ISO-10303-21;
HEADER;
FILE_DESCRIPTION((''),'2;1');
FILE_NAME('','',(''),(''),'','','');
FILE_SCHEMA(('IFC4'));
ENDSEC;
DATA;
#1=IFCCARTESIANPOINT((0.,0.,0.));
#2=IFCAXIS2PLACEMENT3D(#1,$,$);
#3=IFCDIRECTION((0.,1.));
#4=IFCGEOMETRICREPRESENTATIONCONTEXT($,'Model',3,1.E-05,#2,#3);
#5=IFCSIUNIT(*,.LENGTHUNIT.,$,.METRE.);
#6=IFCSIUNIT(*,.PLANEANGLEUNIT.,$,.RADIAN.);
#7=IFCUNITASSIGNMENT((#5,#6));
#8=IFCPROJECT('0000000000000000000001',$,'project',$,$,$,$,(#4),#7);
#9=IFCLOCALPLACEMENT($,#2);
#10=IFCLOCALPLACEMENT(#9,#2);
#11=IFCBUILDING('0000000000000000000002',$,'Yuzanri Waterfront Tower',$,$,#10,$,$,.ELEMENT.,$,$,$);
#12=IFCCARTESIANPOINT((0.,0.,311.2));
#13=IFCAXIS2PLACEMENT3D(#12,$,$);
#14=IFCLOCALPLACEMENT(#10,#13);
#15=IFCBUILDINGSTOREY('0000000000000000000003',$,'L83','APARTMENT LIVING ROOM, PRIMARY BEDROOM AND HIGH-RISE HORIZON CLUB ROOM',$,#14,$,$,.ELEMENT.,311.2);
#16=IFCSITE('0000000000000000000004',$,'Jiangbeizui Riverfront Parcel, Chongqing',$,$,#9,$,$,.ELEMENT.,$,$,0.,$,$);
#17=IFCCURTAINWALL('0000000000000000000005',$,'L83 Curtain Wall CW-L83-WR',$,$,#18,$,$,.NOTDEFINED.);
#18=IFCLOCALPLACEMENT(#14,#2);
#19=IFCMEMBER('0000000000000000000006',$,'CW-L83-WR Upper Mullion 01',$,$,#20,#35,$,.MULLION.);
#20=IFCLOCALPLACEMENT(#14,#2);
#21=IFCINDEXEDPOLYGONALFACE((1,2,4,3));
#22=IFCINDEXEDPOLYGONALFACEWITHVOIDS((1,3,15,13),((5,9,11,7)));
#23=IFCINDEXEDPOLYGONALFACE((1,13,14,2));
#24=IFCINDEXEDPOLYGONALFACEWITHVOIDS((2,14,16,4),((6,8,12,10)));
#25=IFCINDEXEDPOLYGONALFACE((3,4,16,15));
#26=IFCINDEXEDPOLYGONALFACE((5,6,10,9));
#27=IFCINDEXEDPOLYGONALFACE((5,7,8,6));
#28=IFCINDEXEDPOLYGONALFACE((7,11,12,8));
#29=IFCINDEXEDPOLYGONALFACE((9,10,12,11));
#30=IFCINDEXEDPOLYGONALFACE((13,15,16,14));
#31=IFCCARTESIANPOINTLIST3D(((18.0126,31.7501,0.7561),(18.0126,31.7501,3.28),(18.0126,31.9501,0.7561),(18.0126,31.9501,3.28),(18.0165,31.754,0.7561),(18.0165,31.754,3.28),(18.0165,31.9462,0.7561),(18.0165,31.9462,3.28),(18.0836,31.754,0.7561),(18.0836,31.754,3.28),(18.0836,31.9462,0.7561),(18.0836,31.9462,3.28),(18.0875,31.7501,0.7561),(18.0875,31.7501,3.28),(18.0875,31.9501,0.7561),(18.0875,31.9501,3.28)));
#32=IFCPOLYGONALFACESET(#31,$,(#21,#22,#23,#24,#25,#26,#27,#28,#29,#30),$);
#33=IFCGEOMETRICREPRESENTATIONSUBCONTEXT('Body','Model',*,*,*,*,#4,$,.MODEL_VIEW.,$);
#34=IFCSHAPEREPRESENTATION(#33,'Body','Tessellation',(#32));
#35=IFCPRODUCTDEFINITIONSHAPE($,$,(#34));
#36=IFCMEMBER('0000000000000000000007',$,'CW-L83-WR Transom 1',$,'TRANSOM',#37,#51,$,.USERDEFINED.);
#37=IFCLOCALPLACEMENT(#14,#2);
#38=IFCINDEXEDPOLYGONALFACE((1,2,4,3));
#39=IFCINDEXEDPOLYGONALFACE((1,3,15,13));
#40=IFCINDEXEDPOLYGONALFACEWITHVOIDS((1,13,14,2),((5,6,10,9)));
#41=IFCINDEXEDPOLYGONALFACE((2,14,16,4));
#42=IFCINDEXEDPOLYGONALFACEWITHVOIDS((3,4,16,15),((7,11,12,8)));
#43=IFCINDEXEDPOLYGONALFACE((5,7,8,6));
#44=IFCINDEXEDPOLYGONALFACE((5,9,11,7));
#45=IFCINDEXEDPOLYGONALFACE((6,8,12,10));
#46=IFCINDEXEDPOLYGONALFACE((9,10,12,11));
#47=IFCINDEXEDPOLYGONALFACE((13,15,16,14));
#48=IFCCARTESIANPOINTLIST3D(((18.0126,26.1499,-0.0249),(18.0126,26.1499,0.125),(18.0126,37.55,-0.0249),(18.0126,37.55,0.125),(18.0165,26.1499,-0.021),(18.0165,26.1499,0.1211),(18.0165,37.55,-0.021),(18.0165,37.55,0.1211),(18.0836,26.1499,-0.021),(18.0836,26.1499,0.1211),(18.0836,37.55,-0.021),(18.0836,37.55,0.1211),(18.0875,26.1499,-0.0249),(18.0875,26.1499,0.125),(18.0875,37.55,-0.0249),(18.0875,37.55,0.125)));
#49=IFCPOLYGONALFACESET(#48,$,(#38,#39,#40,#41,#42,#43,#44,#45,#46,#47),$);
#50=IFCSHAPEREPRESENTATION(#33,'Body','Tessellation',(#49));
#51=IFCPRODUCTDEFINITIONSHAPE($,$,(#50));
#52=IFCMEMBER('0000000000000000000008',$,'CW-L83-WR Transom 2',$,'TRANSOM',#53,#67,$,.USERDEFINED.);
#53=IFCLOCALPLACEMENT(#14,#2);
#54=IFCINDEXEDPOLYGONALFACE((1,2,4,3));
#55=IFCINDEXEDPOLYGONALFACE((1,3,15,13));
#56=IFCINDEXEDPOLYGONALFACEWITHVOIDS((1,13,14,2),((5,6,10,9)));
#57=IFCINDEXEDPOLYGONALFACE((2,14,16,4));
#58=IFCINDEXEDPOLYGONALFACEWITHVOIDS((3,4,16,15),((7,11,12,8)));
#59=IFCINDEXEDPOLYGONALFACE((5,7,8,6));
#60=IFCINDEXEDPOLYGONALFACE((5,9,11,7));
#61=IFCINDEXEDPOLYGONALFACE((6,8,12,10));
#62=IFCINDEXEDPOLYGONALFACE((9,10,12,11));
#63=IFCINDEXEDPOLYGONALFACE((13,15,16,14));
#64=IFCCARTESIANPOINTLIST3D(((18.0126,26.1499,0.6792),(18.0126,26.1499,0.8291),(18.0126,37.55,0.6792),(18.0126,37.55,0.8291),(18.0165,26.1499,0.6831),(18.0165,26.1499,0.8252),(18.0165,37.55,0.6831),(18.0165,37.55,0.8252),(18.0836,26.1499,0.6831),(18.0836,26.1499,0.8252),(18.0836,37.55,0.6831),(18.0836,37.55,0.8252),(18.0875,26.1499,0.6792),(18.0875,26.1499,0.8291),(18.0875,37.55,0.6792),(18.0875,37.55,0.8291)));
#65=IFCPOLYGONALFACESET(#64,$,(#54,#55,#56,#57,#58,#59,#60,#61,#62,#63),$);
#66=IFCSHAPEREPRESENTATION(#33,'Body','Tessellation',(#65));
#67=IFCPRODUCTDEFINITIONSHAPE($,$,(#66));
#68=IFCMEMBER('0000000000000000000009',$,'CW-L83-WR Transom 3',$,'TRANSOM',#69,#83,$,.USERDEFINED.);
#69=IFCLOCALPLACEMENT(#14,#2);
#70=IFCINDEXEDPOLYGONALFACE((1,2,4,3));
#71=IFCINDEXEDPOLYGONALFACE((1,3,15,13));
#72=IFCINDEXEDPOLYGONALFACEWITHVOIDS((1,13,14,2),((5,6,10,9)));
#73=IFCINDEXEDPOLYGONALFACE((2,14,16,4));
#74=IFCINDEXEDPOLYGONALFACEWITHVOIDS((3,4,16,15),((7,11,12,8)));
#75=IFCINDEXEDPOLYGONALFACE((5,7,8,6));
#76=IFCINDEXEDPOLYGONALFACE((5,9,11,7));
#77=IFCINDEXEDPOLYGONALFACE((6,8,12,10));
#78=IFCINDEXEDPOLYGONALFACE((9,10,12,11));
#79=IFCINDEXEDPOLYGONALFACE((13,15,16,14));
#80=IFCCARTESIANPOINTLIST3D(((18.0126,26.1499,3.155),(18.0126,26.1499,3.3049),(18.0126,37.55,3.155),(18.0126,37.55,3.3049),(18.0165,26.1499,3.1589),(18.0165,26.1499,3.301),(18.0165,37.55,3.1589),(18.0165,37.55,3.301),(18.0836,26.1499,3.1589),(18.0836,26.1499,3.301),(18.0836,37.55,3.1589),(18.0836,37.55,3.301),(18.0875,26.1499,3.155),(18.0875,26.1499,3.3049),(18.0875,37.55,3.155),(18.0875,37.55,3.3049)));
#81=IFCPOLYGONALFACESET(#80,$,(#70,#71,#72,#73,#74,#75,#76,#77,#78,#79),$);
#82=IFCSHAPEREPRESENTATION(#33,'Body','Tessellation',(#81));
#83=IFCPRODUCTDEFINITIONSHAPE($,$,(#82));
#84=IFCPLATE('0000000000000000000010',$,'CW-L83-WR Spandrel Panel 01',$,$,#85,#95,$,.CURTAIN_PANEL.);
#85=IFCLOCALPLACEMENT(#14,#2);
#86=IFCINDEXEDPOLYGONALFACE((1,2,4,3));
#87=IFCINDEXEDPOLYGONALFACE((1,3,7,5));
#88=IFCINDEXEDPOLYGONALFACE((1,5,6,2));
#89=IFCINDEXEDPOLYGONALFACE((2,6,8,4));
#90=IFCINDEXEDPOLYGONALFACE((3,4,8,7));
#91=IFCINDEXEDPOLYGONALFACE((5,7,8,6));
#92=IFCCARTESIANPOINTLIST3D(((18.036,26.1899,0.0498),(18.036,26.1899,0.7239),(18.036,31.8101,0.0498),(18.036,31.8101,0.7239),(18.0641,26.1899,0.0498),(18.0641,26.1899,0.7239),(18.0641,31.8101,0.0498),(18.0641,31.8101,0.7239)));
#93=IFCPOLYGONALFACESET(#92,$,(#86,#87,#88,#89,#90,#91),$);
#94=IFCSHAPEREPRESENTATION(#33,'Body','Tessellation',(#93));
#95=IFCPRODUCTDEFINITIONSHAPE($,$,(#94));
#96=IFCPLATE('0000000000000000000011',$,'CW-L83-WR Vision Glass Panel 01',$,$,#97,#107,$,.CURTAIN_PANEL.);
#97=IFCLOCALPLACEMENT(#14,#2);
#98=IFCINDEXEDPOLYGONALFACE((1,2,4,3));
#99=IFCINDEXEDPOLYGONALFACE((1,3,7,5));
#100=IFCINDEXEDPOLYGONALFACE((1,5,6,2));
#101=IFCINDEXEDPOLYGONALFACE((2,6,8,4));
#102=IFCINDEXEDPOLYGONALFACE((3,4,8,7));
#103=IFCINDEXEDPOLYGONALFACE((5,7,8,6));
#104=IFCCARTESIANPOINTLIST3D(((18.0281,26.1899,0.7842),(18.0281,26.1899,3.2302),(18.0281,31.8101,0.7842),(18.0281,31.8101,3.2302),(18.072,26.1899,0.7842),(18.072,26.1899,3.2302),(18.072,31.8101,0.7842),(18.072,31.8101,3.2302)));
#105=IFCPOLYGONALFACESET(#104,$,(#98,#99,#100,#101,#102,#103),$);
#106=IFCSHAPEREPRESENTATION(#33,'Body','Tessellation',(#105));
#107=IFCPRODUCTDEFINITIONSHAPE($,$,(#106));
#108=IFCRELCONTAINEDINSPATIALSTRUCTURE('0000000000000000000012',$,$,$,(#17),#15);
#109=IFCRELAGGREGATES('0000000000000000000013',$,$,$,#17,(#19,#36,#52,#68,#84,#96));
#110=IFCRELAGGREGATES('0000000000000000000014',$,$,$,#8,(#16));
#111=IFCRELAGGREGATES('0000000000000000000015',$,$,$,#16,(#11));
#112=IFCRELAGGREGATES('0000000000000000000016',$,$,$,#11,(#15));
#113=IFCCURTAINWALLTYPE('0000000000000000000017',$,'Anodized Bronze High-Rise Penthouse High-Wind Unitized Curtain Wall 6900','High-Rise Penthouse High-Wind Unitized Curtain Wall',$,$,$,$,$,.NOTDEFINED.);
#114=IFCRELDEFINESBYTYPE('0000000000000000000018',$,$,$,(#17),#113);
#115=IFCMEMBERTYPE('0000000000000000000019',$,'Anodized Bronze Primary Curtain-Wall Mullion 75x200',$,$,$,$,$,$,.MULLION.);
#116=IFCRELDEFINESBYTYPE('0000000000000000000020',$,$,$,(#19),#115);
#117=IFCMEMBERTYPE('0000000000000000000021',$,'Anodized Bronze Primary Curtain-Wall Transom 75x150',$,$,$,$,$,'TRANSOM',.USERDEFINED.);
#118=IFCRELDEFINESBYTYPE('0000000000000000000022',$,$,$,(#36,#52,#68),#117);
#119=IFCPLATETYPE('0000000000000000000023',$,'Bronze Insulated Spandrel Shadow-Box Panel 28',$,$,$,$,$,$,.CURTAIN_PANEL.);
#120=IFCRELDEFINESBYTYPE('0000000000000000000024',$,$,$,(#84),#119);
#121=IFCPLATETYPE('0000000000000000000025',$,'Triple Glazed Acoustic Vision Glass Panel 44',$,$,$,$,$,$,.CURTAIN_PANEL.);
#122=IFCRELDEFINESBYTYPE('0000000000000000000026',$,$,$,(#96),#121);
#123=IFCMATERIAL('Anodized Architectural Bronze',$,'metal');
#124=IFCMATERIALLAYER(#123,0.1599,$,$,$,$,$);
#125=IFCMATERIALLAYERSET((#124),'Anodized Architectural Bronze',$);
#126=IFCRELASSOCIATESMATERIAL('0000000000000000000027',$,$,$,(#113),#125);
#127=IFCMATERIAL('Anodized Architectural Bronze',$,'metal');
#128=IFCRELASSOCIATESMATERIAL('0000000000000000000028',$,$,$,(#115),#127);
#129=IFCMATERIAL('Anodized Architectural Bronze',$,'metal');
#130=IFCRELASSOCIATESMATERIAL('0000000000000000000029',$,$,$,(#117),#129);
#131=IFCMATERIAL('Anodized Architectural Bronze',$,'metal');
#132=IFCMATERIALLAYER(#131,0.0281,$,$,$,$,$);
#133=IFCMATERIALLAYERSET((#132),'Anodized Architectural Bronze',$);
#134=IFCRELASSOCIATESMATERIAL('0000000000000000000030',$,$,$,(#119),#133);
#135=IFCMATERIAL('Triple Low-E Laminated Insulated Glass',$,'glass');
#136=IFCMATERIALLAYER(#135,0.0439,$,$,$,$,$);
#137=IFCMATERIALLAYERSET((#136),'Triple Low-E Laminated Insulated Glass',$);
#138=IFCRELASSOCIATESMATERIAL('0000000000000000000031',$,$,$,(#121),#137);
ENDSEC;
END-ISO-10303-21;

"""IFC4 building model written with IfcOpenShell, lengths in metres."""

from ifc_helpers import new_model, si_unit, direction, frame, origin, origin_2d, place, context, subcontext, project, spatial, rectangle, hollow_rectangle, extrude, source, transform, mapped, material, layer, layer_set, material_profile, profile_set, type_object, element, aggregate, save


model = new_model("IFC4")

# Units and contexts
model_context = context("Model", 3, precision=1e-05, world=origin(), true_north=direction((0.0, 1.0)))
body_context = subcontext(model_context, "Body", "Model", "MODEL_VIEW")
ifc_project = project(units=[si_unit("LENGTHUNIT", "METRE"), si_unit("PLANEANGLEUNIT", "RADIAN")], contexts=[model_context])

# Site, building, storey
site_placement = place(None, origin())
site = spatial("IfcSite", under=ifc_project, at=site_placement, Name="Jiangbeizui Riverfront Parcel, Chongqing", CompositionType="ELEMENT", RefElevation=0.0)
building_placement = place(site_placement, origin())
building = spatial("IfcBuilding", under=site, at=building_placement, Name="Yuzanri Waterfront Tower", CompositionType="ELEMENT")
storey_placement = place(building_placement, frame((0.0, 0.0, 311.2)))
storey = spatial("IfcBuildingStorey", under=building, at=storey_placement, Name="L83", Description="APARTMENT LIVING ROOM, PRIMARY BEDROOM AND HIGH-RISE HORIZON CLUB ROOM", CompositionType="ELEMENT", Elevation=311.2)

# Curtain wall, members, plates
ifc_material_1 = material(Name="Anodized Architectural Bronze", Category="metal")
ifc_layer_1 = layer(ifc_material_1, 0.1599)
ifc_layer_set_1 = layer_set([ifc_layer_1], Name="Anodized Architectural Bronze")
curtain_wall_type = type_object("IfcCurtainWallType", Name="Anodized Bronze High-Rise Penthouse High-Wind Unitized Curtain Wall 6900", Description="High-Rise Penthouse High-Wind Unitized Curtain Wall", PredefinedType="NOTDEFINED", material=ifc_layer_set_1)
curtain_wall_placement = place(storey_placement, origin())
curtain_wall = element("IfcCurtainWall", 1, at=curtain_wall_placement, inside=storey, type_object=curtain_wall_type, Name="L83 Curtain Wall CW-L83-WR", PredefinedType="NOTDEFINED")
ifc_material_2 = material(Name="Anodized Architectural Bronze", Category="metal")
ifc_material_profile_1 = material_profile(ifc_material_2, hollow_rectangle(XDim=0.075, YDim=0.2, WallThickness=0.0039, at=origin_2d()), Name="CWM 75x200")
ifc_profile_set_1 = profile_set([ifc_material_profile_1], Name="Anodized Architectural Bronze")
member_type_1 = type_object("IfcMemberType", Name="Anodized Bronze Primary Curtain-Wall Mullion 75x200", PredefinedType="MULLION", material=ifc_profile_set_1)
shared_shape_1 = source(origin(), body_context, "Body", "SweptSolid", [
    extrude(hollow_rectangle(XDim=0.075, YDim=0.2, WallThickness=0.0039, at=origin_2d()), origin(), (0.0, 0.0, 1.0), 2.5239),
])
member_1_placement = place(storey_placement, frame((18.05, 31.8501, 0.7561), z_axis=(0.0, 0.0, 1.0), x_axis=(1.0, 0.0, 0.0)))
member_1 = element("IfcMember", 2, at=member_1_placement, type_object=member_type_1, Name="CW-L83-WR Upper Mullion 01", PredefinedType="MULLION", context=body_context, shape_type="MappedRepresentation", body=[
    mapped(shared_shape_1, transform((0.0, 0.0, 0.0), scale=1.0)),
])
ifc_material_3 = material(Name="Anodized Architectural Bronze", Category="metal")
ifc_material_profile_2 = material_profile(ifc_material_3, hollow_rectangle(XDim=0.075, YDim=0.1499, WallThickness=0.0039, at=origin_2d()), Name="CWT 75x150")
ifc_profile_set_2 = profile_set([ifc_material_profile_2], Name="Anodized Architectural Bronze")
member_type_2 = type_object("IfcMemberType", Name="Anodized Bronze Primary Curtain-Wall Transom 75x150", ElementType="TRANSOM", PredefinedType="USERDEFINED", material=ifc_profile_set_2)
shared_shape_2 = source(origin(), body_context, "Body", "SweptSolid", [
    extrude(hollow_rectangle(XDim=0.075, YDim=0.1499, WallThickness=0.0039, at=origin_2d()), origin(), (0.0, 0.0, 1.0), 11.4001),
])
member_2_placement = place(storey_placement, frame((18.05, 26.1499, 0.05), z_axis=(0.0, 1.0, 0.0), x_axis=(-1.0, 0.0, 0.0)))
member_2 = element("IfcMember", 3, at=member_2_placement, type_object=member_type_2, Name="CW-L83-WR Transom 1", ObjectType="TRANSOM", PredefinedType="USERDEFINED", context=body_context, shape_type="MappedRepresentation", body=[
    mapped(shared_shape_2, transform((0.0, 0.0, 0.0), scale=1.0)),
])
member_3_placement = place(storey_placement, frame((18.05, 26.1499, 0.7542), z_axis=(0.0, 1.0, 0.0), x_axis=(-1.0, 0.0, 0.0)))
member_3 = element("IfcMember", 4, at=member_3_placement, type_object=member_type_2, Name="CW-L83-WR Transom 2", ObjectType="TRANSOM", PredefinedType="USERDEFINED", context=body_context, shape_type="MappedRepresentation", body=[
    mapped(shared_shape_2, transform((0.0, 0.0, 0.0), scale=1.0)),
])
member_4_placement = place(storey_placement, frame((18.05, 26.1499, 3.23), z_axis=(0.0, 1.0, 0.0), x_axis=(-1.0, 0.0, 0.0)))
member_4 = element("IfcMember", 5, at=member_4_placement, type_object=member_type_2, Name="CW-L83-WR Transom 3", ObjectType="TRANSOM", PredefinedType="USERDEFINED", context=body_context, shape_type="MappedRepresentation", body=[
    mapped(shared_shape_2, transform((0.0, 0.0, 0.0), scale=1.0)),
])
ifc_material_4 = material(Name="Anodized Architectural Bronze", Category="metal")
ifc_layer_2 = layer(ifc_material_4, 0.0281)
ifc_layer_set_2 = layer_set([ifc_layer_2], Name="Anodized Architectural Bronze")
plate_type_1 = type_object("IfcPlateType", Name="Bronze Insulated Spandrel Shadow-Box Panel 28", PredefinedType="CURTAIN_PANEL", material=ifc_layer_set_2)
shared_shape_3 = source(origin(), body_context, "Body", "SweptSolid", [
    extrude(rectangle(XDim=5.6201, YDim=0.0281, at=origin_2d()), origin(), (0.0, 0.0, 1.0), 0.6741),
])
plate_1_placement = place(storey_placement, frame((18.05, 29.0, 0.0498), z_axis=(0.0, 0.0, 1.0), x_axis=(0.0, 1.0, 0.0)))
plate_1 = element("IfcPlate", 6, at=plate_1_placement, type_object=plate_type_1, Name="CW-L83-WR Spandrel Panel 01", PredefinedType="CURTAIN_PANEL", context=body_context, shape_type="MappedRepresentation", body=[
    mapped(shared_shape_3, transform((0.0, 0.0, 0.0), scale=1.0)),
])
ifc_material_5 = material(Name="Triple Low-E Laminated Insulated Glass", Category="glass")
ifc_layer_3 = layer(ifc_material_5, 0.0439)
ifc_layer_set_3 = layer_set([ifc_layer_3], Name="Triple Low-E Laminated Insulated Glass")
plate_type_2 = type_object("IfcPlateType", Name="Triple Glazed Acoustic Vision Glass Panel 44", PredefinedType="CURTAIN_PANEL", material=ifc_layer_set_3)
shared_shape_4 = source(origin(), body_context, "Body", "SweptSolid", [
    extrude(rectangle(XDim=5.6201, YDim=0.0439, at=origin_2d()), origin(), (0.0, 0.0, 1.0), 2.446),
])
plate_2_placement = place(storey_placement, frame((18.05, 29.0, 0.7842), z_axis=(0.0, 0.0, 1.0), x_axis=(0.0, 1.0, 0.0)))
plate_2 = element("IfcPlate", 7, at=plate_2_placement, type_object=plate_type_2, Name="CW-L83-WR Vision Glass Panel 01", PredefinedType="CURTAIN_PANEL", context=body_context, shape_type="MappedRepresentation", body=[
    mapped(shared_shape_4, transform((0.0, 0.0, 0.0), scale=1.0)),
])
aggregate(curtain_wall, [member_1, member_2, member_3, member_4, plate_1, plate_2])

save(model, "model.ifc")
